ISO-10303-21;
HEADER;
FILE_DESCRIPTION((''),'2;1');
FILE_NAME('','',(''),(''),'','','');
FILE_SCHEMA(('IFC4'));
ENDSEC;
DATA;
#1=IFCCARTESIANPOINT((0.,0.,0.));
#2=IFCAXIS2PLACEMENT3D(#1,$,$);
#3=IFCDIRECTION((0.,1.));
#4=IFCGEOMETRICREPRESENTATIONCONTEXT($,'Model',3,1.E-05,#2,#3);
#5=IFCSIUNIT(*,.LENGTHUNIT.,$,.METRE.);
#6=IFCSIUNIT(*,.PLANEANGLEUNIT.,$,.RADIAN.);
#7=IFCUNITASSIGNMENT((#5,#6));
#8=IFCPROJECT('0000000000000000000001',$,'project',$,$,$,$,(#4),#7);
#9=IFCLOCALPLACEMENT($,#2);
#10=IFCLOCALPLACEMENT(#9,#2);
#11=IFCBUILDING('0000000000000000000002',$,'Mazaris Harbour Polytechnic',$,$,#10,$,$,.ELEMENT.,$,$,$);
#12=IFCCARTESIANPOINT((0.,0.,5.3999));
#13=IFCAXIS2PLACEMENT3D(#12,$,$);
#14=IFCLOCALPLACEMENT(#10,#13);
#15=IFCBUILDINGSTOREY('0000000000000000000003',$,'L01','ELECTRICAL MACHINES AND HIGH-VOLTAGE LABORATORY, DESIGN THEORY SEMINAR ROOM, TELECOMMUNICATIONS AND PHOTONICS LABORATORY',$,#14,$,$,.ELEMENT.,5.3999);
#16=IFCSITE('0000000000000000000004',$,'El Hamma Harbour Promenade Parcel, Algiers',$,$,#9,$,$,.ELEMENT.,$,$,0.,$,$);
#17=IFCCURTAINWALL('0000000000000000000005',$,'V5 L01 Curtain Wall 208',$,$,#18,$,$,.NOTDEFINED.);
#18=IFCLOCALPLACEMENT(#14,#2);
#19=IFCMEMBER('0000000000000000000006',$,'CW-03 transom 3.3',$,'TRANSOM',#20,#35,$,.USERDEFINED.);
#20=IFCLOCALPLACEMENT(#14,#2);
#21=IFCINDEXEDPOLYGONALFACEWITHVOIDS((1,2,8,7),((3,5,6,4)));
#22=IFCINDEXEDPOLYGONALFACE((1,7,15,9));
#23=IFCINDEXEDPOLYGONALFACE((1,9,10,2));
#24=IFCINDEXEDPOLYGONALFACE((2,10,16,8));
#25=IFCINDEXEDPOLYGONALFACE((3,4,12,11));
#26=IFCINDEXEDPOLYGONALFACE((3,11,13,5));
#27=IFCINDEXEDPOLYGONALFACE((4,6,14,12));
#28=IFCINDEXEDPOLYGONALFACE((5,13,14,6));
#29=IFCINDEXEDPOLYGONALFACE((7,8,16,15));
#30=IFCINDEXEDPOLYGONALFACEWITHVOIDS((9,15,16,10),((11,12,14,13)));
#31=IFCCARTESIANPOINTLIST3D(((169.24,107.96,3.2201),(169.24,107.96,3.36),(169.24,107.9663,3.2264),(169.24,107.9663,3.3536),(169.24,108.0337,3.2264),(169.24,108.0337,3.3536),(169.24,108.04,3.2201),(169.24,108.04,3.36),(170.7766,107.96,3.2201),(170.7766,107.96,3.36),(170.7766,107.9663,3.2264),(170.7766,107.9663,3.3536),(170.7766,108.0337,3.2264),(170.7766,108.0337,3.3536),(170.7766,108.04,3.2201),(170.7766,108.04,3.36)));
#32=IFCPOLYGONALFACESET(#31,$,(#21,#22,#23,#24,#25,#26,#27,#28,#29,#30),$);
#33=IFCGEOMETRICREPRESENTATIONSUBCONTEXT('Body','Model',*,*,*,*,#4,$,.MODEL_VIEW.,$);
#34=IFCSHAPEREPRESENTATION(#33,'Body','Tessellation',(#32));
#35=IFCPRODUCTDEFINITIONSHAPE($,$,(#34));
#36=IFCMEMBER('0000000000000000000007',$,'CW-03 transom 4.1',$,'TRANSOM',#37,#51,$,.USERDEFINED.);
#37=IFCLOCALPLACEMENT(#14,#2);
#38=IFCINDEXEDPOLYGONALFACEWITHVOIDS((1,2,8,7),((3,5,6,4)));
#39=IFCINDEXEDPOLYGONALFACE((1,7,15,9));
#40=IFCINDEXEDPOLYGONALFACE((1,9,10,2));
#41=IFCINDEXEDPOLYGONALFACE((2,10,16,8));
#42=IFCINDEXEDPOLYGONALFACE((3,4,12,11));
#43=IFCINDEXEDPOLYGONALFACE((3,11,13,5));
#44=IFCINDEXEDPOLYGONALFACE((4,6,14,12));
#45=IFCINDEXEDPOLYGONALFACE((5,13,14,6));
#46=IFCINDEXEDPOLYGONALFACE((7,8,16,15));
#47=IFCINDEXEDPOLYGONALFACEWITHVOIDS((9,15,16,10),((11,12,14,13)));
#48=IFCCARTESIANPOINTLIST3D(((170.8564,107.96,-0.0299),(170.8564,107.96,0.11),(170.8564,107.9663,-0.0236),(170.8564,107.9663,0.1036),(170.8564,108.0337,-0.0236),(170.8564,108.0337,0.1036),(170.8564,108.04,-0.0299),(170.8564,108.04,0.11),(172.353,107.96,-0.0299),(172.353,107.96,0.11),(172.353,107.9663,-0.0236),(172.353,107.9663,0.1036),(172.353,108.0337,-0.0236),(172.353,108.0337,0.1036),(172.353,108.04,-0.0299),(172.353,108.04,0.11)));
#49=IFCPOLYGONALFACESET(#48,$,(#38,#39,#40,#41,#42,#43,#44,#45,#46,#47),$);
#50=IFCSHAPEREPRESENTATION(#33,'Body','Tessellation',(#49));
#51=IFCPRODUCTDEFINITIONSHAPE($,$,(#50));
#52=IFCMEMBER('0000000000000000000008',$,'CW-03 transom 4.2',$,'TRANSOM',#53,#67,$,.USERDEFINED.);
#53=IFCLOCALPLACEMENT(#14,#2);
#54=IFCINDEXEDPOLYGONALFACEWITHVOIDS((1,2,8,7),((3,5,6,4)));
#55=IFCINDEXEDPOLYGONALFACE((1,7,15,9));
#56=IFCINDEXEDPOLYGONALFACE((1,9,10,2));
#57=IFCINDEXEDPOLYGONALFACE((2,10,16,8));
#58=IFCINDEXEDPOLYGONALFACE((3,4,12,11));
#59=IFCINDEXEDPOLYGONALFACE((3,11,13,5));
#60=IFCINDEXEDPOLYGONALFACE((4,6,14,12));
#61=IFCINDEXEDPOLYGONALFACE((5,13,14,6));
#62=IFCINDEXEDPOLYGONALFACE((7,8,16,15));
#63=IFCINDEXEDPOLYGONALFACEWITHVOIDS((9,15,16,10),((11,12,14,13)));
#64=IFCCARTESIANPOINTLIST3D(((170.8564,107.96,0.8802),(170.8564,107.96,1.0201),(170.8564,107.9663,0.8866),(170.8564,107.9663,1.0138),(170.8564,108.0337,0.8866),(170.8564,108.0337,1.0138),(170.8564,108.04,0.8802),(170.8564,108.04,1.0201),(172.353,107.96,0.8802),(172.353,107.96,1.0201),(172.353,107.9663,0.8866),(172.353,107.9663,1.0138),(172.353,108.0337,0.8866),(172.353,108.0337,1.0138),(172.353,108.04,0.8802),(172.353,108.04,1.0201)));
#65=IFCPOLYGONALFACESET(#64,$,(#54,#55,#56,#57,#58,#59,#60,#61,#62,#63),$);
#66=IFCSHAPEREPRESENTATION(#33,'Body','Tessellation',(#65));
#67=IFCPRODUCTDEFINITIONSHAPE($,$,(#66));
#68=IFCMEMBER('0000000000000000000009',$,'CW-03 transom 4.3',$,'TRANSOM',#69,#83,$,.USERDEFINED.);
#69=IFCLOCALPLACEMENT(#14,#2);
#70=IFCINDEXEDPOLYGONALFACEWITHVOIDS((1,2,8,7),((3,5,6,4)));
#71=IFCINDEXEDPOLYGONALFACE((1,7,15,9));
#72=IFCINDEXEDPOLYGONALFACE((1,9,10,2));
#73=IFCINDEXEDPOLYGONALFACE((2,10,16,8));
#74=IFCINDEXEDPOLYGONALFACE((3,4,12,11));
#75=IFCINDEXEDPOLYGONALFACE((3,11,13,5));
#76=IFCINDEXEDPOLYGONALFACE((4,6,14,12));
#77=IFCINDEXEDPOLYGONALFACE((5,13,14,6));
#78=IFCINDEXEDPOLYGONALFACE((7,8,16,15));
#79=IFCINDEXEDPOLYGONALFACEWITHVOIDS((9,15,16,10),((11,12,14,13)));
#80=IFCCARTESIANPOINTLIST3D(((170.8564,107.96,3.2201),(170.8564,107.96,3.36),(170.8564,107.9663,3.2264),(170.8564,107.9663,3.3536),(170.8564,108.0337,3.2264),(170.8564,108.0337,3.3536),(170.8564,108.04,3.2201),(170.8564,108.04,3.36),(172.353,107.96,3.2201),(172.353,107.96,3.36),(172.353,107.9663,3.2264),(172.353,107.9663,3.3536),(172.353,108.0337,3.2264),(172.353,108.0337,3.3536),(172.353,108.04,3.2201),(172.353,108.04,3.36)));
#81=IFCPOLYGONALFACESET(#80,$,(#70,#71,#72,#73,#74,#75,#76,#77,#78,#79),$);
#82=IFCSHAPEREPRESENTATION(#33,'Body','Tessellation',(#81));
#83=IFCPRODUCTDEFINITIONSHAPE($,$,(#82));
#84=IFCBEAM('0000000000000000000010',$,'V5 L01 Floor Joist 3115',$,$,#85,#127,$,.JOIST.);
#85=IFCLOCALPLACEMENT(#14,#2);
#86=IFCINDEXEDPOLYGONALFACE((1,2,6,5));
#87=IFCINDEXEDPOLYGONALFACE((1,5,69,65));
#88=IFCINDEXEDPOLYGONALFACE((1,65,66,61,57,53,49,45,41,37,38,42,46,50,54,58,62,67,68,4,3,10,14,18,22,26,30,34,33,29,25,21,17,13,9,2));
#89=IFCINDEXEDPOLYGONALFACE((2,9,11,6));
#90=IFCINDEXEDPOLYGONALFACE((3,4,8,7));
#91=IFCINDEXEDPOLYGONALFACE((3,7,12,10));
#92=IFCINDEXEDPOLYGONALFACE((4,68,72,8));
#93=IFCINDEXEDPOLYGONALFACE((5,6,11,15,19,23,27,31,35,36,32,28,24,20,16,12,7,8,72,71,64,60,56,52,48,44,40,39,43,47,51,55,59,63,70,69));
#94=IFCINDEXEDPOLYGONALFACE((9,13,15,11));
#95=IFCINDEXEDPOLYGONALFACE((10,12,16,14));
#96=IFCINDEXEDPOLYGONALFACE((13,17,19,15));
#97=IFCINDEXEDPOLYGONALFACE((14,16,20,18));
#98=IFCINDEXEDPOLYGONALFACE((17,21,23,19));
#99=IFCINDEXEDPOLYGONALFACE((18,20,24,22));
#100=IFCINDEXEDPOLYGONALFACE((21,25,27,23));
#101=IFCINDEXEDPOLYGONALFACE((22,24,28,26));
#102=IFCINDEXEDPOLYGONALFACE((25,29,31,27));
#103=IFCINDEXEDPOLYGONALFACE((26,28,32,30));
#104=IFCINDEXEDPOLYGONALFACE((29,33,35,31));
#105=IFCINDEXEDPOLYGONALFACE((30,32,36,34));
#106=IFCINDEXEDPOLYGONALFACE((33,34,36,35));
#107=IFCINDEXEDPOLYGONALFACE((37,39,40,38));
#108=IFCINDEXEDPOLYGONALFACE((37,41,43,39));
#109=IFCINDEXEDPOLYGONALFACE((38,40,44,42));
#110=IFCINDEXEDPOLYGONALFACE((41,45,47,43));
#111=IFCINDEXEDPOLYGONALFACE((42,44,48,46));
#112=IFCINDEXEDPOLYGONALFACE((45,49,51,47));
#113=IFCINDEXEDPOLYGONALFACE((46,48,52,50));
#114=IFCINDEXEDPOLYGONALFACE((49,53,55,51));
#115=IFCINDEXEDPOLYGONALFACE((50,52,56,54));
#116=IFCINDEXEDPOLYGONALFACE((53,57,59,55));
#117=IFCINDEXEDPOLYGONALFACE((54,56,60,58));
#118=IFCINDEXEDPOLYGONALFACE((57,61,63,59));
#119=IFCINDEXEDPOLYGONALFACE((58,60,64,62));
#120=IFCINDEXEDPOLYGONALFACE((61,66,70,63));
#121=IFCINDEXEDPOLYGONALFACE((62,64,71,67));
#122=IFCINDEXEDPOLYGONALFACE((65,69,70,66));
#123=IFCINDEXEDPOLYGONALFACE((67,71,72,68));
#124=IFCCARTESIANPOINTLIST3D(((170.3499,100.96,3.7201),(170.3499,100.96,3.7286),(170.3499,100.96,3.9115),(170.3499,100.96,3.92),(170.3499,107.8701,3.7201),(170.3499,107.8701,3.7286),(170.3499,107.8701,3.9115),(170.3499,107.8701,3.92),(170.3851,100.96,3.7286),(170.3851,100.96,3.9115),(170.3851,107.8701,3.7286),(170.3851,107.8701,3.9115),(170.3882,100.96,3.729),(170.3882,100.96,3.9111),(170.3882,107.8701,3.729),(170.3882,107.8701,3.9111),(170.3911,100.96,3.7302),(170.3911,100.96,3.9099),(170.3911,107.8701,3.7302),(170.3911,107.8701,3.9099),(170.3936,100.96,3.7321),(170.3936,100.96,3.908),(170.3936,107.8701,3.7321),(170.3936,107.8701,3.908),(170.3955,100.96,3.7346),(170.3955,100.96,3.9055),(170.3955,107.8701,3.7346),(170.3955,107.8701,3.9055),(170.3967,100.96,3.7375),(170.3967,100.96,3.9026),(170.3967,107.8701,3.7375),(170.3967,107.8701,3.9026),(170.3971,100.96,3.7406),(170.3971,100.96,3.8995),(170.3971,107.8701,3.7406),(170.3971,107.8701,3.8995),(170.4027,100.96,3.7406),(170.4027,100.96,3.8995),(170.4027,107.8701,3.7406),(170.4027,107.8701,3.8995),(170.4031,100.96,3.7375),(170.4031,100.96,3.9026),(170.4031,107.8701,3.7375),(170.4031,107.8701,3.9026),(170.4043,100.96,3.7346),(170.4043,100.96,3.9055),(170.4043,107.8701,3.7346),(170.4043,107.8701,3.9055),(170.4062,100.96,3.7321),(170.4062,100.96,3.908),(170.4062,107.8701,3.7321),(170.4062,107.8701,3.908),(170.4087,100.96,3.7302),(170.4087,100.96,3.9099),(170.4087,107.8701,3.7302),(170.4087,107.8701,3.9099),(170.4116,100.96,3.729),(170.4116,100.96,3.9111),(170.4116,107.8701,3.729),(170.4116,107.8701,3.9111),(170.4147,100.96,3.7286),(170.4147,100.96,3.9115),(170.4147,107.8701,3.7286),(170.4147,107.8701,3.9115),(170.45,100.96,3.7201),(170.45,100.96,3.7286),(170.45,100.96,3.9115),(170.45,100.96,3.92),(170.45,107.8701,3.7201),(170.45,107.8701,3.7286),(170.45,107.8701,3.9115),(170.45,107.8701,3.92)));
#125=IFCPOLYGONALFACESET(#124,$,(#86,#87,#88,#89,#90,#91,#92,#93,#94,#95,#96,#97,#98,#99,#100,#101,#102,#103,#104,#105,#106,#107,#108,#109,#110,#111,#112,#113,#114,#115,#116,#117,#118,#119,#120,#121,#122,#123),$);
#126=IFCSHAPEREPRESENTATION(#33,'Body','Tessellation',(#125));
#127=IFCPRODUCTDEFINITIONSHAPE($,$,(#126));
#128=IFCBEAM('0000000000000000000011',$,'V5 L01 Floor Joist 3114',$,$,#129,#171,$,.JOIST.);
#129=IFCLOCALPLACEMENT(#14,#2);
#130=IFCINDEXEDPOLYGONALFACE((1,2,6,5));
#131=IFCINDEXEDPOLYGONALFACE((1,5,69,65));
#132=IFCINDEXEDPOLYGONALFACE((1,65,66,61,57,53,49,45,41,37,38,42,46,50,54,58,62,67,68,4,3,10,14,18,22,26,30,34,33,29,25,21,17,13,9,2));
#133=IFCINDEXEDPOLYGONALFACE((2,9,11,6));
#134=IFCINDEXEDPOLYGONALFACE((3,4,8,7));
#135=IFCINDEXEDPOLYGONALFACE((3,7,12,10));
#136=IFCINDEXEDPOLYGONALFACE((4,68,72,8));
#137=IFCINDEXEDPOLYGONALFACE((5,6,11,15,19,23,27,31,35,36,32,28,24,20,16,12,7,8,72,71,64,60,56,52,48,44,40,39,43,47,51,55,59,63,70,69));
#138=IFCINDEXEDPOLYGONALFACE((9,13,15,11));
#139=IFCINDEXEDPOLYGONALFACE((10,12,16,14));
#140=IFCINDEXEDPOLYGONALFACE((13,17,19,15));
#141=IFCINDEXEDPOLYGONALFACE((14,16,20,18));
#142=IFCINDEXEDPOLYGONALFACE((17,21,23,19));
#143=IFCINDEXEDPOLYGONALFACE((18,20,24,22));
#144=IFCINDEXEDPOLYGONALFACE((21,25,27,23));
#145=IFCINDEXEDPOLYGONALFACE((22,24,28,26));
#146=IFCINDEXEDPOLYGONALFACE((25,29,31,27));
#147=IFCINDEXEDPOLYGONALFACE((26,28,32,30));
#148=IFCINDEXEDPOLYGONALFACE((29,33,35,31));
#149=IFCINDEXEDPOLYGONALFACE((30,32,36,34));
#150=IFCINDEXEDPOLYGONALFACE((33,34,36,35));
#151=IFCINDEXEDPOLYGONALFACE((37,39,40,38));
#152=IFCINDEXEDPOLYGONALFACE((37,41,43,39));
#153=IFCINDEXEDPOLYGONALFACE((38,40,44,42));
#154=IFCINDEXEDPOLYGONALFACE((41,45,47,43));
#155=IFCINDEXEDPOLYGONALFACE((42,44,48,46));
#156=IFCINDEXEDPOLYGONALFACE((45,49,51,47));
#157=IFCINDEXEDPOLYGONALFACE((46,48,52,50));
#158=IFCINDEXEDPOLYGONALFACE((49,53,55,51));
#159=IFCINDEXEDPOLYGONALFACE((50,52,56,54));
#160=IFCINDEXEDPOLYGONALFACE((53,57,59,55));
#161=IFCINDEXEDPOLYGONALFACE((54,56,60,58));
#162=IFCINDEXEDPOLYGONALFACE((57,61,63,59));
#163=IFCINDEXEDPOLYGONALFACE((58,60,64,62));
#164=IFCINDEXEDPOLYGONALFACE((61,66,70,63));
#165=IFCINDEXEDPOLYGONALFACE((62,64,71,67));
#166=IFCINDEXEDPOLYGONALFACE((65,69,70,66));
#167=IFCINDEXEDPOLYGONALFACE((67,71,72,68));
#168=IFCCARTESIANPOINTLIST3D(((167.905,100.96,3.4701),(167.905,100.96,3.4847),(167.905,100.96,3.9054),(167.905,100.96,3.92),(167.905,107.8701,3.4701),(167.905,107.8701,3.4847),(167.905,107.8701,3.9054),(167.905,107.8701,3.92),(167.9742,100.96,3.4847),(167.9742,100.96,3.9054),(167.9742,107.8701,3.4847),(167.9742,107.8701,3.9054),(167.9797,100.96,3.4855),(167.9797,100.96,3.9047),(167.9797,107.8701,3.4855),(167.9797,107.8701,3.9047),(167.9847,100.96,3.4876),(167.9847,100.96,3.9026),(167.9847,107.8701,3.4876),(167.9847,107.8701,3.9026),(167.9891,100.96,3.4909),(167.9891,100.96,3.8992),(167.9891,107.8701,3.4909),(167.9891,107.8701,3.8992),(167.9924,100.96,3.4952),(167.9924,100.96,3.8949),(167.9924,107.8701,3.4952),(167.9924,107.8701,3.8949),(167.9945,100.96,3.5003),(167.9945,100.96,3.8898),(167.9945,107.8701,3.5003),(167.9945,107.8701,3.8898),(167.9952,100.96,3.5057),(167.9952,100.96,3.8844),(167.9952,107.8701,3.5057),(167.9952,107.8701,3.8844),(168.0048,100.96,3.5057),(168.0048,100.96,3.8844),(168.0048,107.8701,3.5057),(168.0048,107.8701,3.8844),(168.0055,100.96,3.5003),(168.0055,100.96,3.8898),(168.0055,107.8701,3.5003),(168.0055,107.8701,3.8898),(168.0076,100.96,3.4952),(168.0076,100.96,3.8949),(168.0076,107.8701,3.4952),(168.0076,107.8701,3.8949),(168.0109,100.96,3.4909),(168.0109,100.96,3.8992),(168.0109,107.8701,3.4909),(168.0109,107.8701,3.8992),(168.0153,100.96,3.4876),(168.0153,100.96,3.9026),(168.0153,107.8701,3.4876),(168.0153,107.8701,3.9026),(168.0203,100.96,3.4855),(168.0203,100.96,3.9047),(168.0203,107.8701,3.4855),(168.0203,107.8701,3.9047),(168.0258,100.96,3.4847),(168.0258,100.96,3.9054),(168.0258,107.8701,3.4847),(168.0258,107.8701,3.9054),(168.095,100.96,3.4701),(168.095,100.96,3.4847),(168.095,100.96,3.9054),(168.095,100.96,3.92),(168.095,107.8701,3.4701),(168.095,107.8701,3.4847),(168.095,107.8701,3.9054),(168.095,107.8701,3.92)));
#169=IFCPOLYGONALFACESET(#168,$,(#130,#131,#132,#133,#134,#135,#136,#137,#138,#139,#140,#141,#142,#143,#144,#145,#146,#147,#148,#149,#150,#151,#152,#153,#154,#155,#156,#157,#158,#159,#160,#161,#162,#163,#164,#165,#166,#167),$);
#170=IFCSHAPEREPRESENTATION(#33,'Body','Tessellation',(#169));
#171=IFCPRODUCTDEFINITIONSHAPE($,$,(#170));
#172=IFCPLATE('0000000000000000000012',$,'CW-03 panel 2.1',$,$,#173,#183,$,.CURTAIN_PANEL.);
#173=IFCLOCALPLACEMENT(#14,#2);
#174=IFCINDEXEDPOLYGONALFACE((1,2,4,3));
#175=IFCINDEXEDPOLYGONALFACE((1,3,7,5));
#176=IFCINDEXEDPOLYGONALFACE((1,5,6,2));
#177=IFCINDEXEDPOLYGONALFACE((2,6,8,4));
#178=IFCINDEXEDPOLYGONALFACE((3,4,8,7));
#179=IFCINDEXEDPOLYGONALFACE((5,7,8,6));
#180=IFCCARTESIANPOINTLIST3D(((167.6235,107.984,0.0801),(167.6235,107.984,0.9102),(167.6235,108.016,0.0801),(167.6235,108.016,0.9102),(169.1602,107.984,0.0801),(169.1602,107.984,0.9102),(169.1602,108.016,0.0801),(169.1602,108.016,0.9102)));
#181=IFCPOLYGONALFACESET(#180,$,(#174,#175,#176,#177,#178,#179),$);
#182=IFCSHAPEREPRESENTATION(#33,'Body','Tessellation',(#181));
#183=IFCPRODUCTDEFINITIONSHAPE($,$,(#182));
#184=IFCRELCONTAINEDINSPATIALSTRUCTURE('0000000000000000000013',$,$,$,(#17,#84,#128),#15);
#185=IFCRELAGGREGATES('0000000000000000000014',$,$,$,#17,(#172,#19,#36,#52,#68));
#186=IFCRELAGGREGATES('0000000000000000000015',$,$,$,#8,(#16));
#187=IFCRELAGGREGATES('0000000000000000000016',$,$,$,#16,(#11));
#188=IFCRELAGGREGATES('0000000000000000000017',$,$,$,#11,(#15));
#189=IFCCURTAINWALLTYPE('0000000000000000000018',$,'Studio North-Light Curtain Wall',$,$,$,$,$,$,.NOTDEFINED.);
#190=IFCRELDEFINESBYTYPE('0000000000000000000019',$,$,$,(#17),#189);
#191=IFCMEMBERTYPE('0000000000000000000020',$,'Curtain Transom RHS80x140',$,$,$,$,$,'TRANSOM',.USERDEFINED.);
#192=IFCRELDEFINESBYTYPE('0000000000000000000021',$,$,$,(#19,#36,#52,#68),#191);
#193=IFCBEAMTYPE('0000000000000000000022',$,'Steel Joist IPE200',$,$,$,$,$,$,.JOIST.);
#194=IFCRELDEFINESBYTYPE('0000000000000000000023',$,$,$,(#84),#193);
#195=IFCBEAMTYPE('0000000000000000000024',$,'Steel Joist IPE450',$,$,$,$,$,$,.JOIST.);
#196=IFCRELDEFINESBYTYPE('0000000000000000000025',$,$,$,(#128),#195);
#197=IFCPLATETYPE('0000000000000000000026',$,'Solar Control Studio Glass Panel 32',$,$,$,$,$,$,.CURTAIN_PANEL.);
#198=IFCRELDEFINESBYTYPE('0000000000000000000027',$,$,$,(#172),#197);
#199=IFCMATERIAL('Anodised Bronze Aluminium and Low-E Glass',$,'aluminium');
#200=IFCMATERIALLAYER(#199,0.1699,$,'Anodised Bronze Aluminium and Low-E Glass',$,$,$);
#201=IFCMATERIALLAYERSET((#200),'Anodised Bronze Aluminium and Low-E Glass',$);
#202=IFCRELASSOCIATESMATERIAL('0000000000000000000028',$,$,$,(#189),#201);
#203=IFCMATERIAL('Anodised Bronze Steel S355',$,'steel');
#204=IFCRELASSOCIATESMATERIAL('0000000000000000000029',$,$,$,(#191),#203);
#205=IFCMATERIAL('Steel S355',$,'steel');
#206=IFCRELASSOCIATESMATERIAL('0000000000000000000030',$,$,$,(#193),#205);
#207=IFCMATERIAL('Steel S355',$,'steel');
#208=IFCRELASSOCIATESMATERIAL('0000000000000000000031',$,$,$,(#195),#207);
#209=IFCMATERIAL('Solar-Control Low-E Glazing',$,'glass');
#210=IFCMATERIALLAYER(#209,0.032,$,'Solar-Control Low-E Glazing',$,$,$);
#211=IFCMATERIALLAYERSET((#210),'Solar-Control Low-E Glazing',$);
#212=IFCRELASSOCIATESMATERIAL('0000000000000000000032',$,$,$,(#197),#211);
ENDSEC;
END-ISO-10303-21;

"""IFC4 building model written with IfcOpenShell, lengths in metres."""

from ifc_helpers import new_model, si_unit, direction, frame, origin, origin_2d, place, context, subcontext, project, spatial, rectangle, hollow_rectangle, i_section, extrude, material, layer, layer_set, material_profile, profile_set, type_object, element, aggregate, save


model = new_model("IFC4")

# Units and contexts
model_context = context("Model", 3, precision=1e-05, world=origin(), true_north=direction((0.0, 1.0)))
body_context = subcontext(model_context, "Body", "Model", "MODEL_VIEW")
ifc_project = project(units=[si_unit("LENGTHUNIT", "METRE"), si_unit("PLANEANGLEUNIT", "RADIAN")], contexts=[model_context])

# Site, building, storey
site_placement = place(None, origin())
site = spatial("IfcSite", under=ifc_project, at=site_placement, Name="El Hamma Harbour Promenade Parcel, Algiers", CompositionType="ELEMENT", RefElevation=0.0)
building_placement = place(site_placement, origin())
building = spatial("IfcBuilding", under=site, at=building_placement, Name="Mazaris Harbour Polytechnic", CompositionType="ELEMENT")
storey_placement = place(building_placement, frame((0.0, 0.0, 5.3999)))
storey = spatial("IfcBuildingStorey", under=building, at=storey_placement, Name="L01", Description="ELECTRICAL MACHINES AND HIGH-VOLTAGE LABORATORY, DESIGN THEORY SEMINAR ROOM, TELECOMMUNICATIONS AND PHOTONICS LABORATORY", CompositionType="ELEMENT", Elevation=5.3999)

# Curtain wall, members
ifc_material_1 = material(Name="Anodised Bronze Aluminium and Low-E Glass", Category="aluminium")
ifc_layer_1 = layer(ifc_material_1, 0.1699, Name="Anodised Bronze Aluminium and Low-E Glass")
ifc_layer_set_1 = layer_set([ifc_layer_1], Name="Anodised Bronze Aluminium and Low-E Glass")
curtain_wall_type = type_object("IfcCurtainWallType", Name="Studio North-Light Curtain Wall", PredefinedType="NOTDEFINED", material=ifc_layer_set_1)
curtain_wall_placement = place(storey_placement, origin())
curtain_wall = element("IfcCurtainWall", 1, at=curtain_wall_placement, inside=storey, type_object=curtain_wall_type, Name="V5 L01 Curtain Wall 208", PredefinedType="NOTDEFINED")
ifc_material_2 = material(Name="Anodised Bronze Steel S355", Category="steel")
ifc_material_profile_1 = material_profile(ifc_material_2, hollow_rectangle(XDim=0.0801, YDim=0.1399, WallThickness=0.0063, at=origin_2d()), Name="RHS 80x140x6.3")
ifc_profile_set_1 = profile_set([ifc_material_profile_1], Name="Anodised Bronze Steel S355")
member_type_1 = type_object("IfcMemberType", Name="Curtain Transom RHS80x140", ElementType="TRANSOM", PredefinedType="USERDEFINED", material=ifc_profile_set_1)
member_1_placement = place(storey_placement, frame((169.24, 108.0, 3.29), z_axis=(1.0, 0.0, 0.0), x_axis=(0.0, 1.0, 0.0)))
member_1 = element("IfcMember", 2, at=member_1_placement, type_object=member_type_1, Name="CW-03 transom 3.3", ObjectType="TRANSOM", PredefinedType="USERDEFINED", context=body_context, shape_type="SweptSolid", body=[
    extrude(hollow_rectangle(XDim=0.0801, YDim=0.1399, WallThickness=0.0063, at=origin_2d()), origin(), (0.0, 0.0, 1.0), 1.5366),
])
member_2_placement = place(storey_placement, frame((170.8564, 108.0, 0.04), z_axis=(1.0, 0.0, 0.0), x_axis=(0.0, 1.0, 0.0)))
member_2 = element("IfcMember", 3, at=member_2_placement, type_object=member_type_1, Name="CW-03 transom 4.1", ObjectType="TRANSOM", PredefinedType="USERDEFINED", context=body_context, shape_type="SweptSolid", body=[
    extrude(hollow_rectangle(XDim=0.0801, YDim=0.1399, WallThickness=0.0063, at=origin_2d()), origin(), (0.0, 0.0, 1.0), 1.4966),
])
member_3_placement = place(storey_placement, frame((170.8564, 108.0, 0.9502), z_axis=(1.0, 0.0, 0.0), x_axis=(0.0, 1.0, 0.0)))
member_3 = element("IfcMember", 4, at=member_3_placement, type_object=member_type_1, Name="CW-03 transom 4.2", ObjectType="TRANSOM", PredefinedType="USERDEFINED", context=body_context, shape_type="SweptSolid", body=[
    extrude(hollow_rectangle(XDim=0.0801, YDim=0.1399, WallThickness=0.0063, at=origin_2d()), origin(), (0.0, 0.0, 1.0), 1.4966),
])
member_4_placement = place(storey_placement, frame((170.8564, 108.0, 3.29), z_axis=(1.0, 0.0, 0.0), x_axis=(0.0, 1.0, 0.0)))
member_4 = element("IfcMember", 5, at=member_4_placement, type_object=member_type_1, Name="CW-03 transom 4.3", ObjectType="TRANSOM", PredefinedType="USERDEFINED", context=body_context, shape_type="SweptSolid", body=[
    extrude(hollow_rectangle(XDim=0.0801, YDim=0.1399, WallThickness=0.0063, at=origin_2d()), origin(), (0.0, 0.0, 1.0), 1.4966),
])

# Beams
ifc_material_3 = material(Name="Steel S355", Category="steel")
ifc_material_profile_2 = material_profile(ifc_material_3, i_section(OverallWidth=0.1001, OverallDepth=0.2, WebThickness=0.0056, FlangeThickness=0.0085, FilletRadius=0.012, at=origin_2d()), Name="IPE 200")
ifc_profile_set_2 = profile_set([ifc_material_profile_2], Name="Steel S355")
beam_type_1 = type_object("IfcBeamType", Name="Steel Joist IPE200", PredefinedType="JOIST", material=ifc_profile_set_2)
beam_1_placement = place(storey_placement, frame((170.3999, 100.96, 3.8201), z_axis=(0.0, 1.0, 0.0), x_axis=(-1.0, 0.0, 0.0)))
element("IfcBeam", 6, at=beam_1_placement, inside=storey, type_object=beam_type_1, Name="V5 L01 Floor Joist 3115", PredefinedType="JOIST", context=body_context, shape_type="SweptSolid", body=[
    extrude(i_section(OverallWidth=0.1001, OverallDepth=0.2, WebThickness=0.0056, FlangeThickness=0.0085, FilletRadius=0.012, at=origin_2d()), origin(), (0.0, 0.0, 1.0), 6.9102),
])
ifc_material_4 = material(Name="Steel S355", Category="steel")
ifc_material_profile_3 = material_profile(ifc_material_4, i_section(OverallWidth=0.1899, OverallDepth=0.45, WebThickness=0.0095, FlangeThickness=0.0146, FilletRadius=0.021, at=origin_2d()), Name="IPE 450")
ifc_profile_set_3 = profile_set([ifc_material_profile_3], Name="Steel S355")
beam_type_2 = type_object("IfcBeamType", Name="Steel Joist IPE450", PredefinedType="JOIST", material=ifc_profile_set_3)
beam_2_placement = place(storey_placement, frame((168.0, 100.96, 3.6951), z_axis=(0.0, 1.0, 0.0), x_axis=(-1.0, 0.0, 0.0)))
element("IfcBeam", 7, at=beam_2_placement, inside=storey, type_object=beam_type_2, Name="V5 L01 Floor Joist 3114", PredefinedType="JOIST", context=body_context, shape_type="SweptSolid", body=[
    extrude(i_section(OverallWidth=0.1899, OverallDepth=0.45, WebThickness=0.0095, FlangeThickness=0.0146, FilletRadius=0.021, at=origin_2d()), origin(), (0.0, 0.0, 1.0), 6.9102),
])

# Plate
ifc_material_5 = material(Name="Solar-Control Low-E Glazing", Category="glass")
ifc_layer_2 = layer(ifc_material_5, 0.032, Name="Solar-Control Low-E Glazing")
ifc_layer_set_2 = layer_set([ifc_layer_2], Name="Solar-Control Low-E Glazing")
plate_type = type_object("IfcPlateType", Name="Solar Control Studio Glass Panel 32", PredefinedType="CURTAIN_PANEL", material=ifc_layer_set_2)
plate_1_placement = place(storey_placement, frame((168.3918, 108.0, 0.0801), z_axis=(0.0, 0.0, 1.0), x_axis=(1.0, 0.0, 0.0)))
plate_1 = element("IfcPlate", 8, at=plate_1_placement, type_object=plate_type, Name="CW-03 panel 2.1", PredefinedType="CURTAIN_PANEL", context=body_context, shape_type="SweptSolid", body=[
    extrude(rectangle(XDim=1.5366, YDim=0.032, at=origin_2d()), origin(), (0.0, 0.0, 1.0), 0.8301),
])
aggregate(curtain_wall, [plate_1, member_1, member_2, member_3, member_4])

save(model, "model.ifc")
